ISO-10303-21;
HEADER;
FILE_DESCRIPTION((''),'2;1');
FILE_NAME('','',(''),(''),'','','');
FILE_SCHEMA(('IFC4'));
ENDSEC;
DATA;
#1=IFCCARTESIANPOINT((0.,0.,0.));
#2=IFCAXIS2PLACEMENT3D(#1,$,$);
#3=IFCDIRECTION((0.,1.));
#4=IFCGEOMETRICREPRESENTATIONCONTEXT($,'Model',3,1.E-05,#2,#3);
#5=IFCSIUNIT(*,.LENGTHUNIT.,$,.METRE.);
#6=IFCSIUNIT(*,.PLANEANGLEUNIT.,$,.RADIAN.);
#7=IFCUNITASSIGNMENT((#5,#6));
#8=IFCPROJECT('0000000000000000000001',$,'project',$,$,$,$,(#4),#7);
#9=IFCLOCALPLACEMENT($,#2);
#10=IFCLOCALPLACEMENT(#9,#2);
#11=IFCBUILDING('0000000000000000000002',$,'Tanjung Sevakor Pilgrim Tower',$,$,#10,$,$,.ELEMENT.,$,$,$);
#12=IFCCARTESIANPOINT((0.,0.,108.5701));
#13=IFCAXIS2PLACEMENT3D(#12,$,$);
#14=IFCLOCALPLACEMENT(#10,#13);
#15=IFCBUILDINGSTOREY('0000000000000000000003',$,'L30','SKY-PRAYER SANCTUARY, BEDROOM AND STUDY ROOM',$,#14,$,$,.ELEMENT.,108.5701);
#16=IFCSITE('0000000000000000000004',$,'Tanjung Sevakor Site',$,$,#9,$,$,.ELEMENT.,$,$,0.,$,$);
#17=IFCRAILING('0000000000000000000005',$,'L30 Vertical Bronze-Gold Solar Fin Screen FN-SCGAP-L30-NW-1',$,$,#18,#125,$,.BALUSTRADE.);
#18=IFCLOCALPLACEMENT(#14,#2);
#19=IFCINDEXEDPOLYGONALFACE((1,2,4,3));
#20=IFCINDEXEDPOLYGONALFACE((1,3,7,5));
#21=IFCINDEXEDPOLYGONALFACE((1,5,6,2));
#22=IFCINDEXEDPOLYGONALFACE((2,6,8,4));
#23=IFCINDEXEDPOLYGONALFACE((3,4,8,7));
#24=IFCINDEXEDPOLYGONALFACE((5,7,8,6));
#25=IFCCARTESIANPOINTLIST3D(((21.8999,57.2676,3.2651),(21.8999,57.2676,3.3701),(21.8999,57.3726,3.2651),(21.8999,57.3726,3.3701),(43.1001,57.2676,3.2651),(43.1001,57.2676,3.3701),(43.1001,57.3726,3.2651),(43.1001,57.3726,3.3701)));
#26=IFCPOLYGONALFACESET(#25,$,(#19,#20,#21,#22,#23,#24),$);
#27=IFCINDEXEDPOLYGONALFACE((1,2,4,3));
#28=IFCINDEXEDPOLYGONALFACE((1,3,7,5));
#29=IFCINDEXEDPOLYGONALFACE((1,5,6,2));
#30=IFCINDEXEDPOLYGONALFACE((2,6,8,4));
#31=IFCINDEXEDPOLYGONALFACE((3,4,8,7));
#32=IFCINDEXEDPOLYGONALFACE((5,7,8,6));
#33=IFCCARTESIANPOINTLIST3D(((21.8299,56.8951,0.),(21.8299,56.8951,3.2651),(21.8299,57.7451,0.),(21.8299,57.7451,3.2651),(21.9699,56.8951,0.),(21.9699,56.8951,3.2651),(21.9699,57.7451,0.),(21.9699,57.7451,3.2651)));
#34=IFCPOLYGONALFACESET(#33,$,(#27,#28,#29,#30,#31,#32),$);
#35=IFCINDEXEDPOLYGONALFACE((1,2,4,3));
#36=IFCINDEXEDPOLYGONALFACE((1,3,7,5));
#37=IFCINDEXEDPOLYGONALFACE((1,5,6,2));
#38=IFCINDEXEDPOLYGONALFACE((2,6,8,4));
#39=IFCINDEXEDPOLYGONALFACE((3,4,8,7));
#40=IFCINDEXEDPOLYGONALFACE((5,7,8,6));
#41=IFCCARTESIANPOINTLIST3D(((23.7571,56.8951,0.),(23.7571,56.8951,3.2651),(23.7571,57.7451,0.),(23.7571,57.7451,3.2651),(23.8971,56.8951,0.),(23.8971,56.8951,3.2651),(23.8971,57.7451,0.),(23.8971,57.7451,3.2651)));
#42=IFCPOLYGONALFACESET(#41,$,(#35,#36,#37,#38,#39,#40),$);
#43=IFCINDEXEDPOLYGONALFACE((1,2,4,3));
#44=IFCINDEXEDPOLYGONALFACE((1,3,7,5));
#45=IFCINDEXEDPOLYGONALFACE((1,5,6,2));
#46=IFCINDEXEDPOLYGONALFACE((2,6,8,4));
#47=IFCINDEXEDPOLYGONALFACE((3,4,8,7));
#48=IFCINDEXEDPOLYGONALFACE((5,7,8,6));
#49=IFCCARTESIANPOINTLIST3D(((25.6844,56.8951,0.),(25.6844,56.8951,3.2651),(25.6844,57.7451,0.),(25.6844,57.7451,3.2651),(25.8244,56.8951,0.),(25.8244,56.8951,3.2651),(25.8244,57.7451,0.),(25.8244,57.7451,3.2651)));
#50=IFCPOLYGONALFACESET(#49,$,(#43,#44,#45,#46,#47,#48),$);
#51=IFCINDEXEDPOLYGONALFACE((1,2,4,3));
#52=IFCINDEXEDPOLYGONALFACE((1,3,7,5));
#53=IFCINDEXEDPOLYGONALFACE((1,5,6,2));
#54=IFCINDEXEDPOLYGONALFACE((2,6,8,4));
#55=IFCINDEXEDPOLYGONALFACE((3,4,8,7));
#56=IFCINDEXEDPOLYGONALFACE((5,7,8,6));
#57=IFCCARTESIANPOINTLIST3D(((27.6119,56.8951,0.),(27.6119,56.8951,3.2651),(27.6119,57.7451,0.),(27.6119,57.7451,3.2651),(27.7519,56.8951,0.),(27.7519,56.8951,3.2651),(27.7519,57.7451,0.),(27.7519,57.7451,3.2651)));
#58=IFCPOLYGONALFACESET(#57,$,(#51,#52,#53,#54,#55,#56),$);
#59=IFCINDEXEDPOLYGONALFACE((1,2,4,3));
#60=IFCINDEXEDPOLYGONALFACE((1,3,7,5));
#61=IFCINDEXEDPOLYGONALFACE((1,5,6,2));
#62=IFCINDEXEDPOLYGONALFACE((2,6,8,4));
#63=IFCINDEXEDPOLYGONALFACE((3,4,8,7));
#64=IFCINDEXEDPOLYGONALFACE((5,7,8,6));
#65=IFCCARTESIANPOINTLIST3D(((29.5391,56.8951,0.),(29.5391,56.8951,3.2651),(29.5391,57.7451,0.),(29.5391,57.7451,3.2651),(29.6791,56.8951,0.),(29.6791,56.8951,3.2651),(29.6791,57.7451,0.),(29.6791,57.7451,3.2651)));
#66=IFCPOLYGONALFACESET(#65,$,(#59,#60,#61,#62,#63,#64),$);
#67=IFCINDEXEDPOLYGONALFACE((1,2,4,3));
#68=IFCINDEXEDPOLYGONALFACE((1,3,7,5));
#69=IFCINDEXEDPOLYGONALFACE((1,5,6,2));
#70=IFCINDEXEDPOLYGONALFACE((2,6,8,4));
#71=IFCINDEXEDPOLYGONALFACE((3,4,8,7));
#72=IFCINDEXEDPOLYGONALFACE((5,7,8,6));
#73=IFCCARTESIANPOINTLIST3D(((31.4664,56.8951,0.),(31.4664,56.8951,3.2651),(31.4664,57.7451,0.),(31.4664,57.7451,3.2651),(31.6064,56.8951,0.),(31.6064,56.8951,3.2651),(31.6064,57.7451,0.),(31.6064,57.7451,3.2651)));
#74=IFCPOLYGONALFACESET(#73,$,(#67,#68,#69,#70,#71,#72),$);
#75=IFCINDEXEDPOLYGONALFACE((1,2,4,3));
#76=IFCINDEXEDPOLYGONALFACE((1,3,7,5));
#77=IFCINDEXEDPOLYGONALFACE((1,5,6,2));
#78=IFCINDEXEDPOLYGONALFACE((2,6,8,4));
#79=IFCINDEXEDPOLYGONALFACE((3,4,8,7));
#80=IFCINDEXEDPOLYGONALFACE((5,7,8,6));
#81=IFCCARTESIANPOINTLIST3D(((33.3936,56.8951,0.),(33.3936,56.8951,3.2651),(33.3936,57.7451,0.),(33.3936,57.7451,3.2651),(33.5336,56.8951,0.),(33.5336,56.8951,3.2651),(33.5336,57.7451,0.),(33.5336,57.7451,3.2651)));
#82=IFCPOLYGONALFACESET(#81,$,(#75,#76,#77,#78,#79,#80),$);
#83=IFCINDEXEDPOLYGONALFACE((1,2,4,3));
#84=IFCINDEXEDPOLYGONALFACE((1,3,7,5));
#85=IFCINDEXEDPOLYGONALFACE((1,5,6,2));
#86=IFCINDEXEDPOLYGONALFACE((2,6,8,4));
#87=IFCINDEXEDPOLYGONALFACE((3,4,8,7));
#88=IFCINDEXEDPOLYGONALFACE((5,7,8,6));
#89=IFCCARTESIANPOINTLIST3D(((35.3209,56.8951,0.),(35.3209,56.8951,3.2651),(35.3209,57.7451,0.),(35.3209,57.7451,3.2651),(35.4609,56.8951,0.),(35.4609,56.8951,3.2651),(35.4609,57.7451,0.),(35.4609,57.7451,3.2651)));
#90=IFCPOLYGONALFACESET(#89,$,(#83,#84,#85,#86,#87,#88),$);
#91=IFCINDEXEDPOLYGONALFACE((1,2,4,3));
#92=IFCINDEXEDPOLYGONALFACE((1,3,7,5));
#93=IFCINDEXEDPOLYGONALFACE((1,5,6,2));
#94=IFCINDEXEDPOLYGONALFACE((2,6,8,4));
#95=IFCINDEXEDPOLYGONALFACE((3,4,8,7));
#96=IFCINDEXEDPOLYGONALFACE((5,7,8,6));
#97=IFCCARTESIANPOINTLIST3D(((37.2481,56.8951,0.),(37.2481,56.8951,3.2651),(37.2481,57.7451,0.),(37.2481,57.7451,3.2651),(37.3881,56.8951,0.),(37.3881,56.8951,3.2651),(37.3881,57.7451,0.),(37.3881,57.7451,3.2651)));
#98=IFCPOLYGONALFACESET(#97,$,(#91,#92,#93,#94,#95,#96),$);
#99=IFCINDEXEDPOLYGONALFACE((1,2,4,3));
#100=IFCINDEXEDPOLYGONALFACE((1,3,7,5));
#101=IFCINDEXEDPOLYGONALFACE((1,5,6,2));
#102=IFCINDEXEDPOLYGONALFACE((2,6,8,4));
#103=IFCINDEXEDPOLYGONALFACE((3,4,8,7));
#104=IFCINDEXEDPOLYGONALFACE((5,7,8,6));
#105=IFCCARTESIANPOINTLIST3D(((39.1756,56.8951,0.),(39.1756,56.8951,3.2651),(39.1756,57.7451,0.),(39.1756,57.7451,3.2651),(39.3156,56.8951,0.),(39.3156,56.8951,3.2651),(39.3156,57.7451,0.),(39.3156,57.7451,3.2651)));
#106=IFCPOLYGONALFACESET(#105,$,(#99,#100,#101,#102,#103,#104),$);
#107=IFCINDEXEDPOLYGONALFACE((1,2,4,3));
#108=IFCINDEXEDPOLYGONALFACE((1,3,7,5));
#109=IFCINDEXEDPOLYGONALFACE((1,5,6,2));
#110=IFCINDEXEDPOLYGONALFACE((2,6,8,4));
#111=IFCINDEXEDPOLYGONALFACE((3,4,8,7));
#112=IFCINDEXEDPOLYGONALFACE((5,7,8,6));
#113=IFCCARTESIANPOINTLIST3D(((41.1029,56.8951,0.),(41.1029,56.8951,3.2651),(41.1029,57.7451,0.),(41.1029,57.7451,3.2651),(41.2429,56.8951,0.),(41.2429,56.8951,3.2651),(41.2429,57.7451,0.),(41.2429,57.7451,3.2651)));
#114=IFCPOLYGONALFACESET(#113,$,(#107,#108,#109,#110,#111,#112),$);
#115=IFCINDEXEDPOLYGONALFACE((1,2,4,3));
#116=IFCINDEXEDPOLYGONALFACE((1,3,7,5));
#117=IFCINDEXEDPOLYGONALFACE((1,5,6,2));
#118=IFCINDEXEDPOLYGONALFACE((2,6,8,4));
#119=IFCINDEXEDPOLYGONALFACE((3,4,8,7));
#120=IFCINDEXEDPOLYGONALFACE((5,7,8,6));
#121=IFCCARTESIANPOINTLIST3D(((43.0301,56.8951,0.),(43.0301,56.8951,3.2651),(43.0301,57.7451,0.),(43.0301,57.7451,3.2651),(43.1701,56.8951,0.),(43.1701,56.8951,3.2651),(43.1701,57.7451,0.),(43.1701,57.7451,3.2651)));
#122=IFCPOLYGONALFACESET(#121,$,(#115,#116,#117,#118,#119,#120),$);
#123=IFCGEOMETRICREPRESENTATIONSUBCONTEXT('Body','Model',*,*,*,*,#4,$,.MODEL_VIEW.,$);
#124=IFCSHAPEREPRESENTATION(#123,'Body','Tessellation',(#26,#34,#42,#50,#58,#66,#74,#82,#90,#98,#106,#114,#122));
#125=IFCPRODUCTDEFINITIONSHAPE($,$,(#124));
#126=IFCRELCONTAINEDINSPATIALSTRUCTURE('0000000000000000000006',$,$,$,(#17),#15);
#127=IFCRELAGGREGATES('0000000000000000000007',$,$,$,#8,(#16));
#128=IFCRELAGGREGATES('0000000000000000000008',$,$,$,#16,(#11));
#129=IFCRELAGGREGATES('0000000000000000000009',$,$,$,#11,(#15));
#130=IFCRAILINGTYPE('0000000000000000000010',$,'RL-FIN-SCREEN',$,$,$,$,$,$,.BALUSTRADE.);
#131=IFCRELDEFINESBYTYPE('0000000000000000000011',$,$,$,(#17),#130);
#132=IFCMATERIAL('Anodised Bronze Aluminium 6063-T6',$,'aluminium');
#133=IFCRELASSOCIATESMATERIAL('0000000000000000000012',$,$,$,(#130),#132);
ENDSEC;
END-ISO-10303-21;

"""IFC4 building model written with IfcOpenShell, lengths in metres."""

from ifc_helpers import new_model, si_unit, direction, frame, origin, place, context, subcontext, project, spatial, rectangle, extrude, material, type_object, element, save


model = new_model("IFC4")

# Units and contexts
model_context = context("Model", 3, precision=1e-05, world=origin(), true_north=direction((0.0, 1.0)))
body_context = subcontext(model_context, "Body", "Model", "MODEL_VIEW")
ifc_project = project(units=[si_unit("LENGTHUNIT", "METRE"), si_unit("PLANEANGLEUNIT", "RADIAN")], contexts=[model_context])

# Site, building, storey
site_placement = place(None, origin())
site = spatial("IfcSite", under=ifc_project, at=site_placement, Name="Tanjung Sevakor Site", CompositionType="ELEMENT", RefElevation=0.0)
building_placement = place(site_placement, origin())
building = spatial("IfcBuilding", under=site, at=building_placement, Name="Tanjung Sevakor Pilgrim Tower", CompositionType="ELEMENT")
storey_placement = place(building_placement, frame((0.0, 0.0, 108.5701)))
storey = spatial("IfcBuildingStorey", under=building, at=storey_placement, Name="L30", Description="SKY-PRAYER SANCTUARY, BEDROOM AND STUDY ROOM", CompositionType="ELEMENT", Elevation=108.5701)

# Railing
ifc_material_1 = material(Name="Anodised Bronze Aluminium 6063-T6", Category="aluminium")
railing_type_1 = type_object("IfcRailingType", Name="RL-FIN-SCREEN", PredefinedType="BALUSTRADE", material=ifc_material_1)
railing_1_placement = place(storey_placement, frame((21.8999, 57.3201, 0.0)))
element("IfcRailing", 1, at=railing_1_placement, inside=storey, type_object=railing_type_1, Name="L30 Vertical Bronze-Gold Solar Fin Screen FN-SCGAP-L30-NW-1", PredefinedType="BALUSTRADE", context=body_context, shape_type="SweptSolid", body=[
    extrude(rectangle(XDim=0.105, YDim=0.105), frame((0.0, 0.0, 3.3176), z_axis=(1.0, 0.0, 0.0), x_axis=(0.0, 1.0, 0.0)), (0.0, 0.0, 1.0), 21.2002),
    extrude(rectangle(XDim=0.14, YDim=0.85), origin(), (0.0, 0.0, 1.0), 3.2651),
    extrude(rectangle(XDim=0.14, YDim=0.85), frame((1.9272, 0.0, 0.0)), (0.0, 0.0, 1.0), 3.2651),
    extrude(rectangle(XDim=0.14, YDim=0.85), frame((3.8545, 0.0, 0.0)), (0.0, 0.0, 1.0), 3.2651),
    extrude(rectangle(XDim=0.14, YDim=0.85), frame((5.782, 0.0, 0.0)), (0.0, 0.0, 1.0), 3.2651),
    extrude(rectangle(XDim=0.14, YDim=0.85), frame((7.7092, 0.0, 0.0)), (0.0, 0.0, 1.0), 3.2651),
    extrude(rectangle(XDim=0.14, YDim=0.85), frame((9.6365, 0.0, 0.0)), (0.0, 0.0, 1.0), 3.2651),
    extrude(rectangle(XDim=0.14, YDim=0.85), frame((11.5637, 0.0, 0.0)), (0.0, 0.0, 1.0), 3.2651),
    extrude(rectangle(XDim=0.14, YDim=0.85), frame((13.491, 0.0, 0.0)), (0.0, 0.0, 1.0), 3.2651),
    extrude(rectangle(XDim=0.14, YDim=0.85), frame((15.4182, 0.0, 0.0)), (0.0, 0.0, 1.0), 3.2651),
    extrude(rectangle(XDim=0.14, YDim=0.85), frame((17.3457, 0.0, 0.0)), (0.0, 0.0, 1.0), 3.2651),
    extrude(rectangle(XDim=0.14, YDim=0.85), frame((19.2729, 0.0, 0.0)), (0.0, 0.0, 1.0), 3.2651),
    extrude(rectangle(XDim=0.14, YDim=0.85), frame((21.2002, 0.0, 0.0)), (0.0, 0.0, 1.0), 3.2651),
])

save(model, "model.ifc")
